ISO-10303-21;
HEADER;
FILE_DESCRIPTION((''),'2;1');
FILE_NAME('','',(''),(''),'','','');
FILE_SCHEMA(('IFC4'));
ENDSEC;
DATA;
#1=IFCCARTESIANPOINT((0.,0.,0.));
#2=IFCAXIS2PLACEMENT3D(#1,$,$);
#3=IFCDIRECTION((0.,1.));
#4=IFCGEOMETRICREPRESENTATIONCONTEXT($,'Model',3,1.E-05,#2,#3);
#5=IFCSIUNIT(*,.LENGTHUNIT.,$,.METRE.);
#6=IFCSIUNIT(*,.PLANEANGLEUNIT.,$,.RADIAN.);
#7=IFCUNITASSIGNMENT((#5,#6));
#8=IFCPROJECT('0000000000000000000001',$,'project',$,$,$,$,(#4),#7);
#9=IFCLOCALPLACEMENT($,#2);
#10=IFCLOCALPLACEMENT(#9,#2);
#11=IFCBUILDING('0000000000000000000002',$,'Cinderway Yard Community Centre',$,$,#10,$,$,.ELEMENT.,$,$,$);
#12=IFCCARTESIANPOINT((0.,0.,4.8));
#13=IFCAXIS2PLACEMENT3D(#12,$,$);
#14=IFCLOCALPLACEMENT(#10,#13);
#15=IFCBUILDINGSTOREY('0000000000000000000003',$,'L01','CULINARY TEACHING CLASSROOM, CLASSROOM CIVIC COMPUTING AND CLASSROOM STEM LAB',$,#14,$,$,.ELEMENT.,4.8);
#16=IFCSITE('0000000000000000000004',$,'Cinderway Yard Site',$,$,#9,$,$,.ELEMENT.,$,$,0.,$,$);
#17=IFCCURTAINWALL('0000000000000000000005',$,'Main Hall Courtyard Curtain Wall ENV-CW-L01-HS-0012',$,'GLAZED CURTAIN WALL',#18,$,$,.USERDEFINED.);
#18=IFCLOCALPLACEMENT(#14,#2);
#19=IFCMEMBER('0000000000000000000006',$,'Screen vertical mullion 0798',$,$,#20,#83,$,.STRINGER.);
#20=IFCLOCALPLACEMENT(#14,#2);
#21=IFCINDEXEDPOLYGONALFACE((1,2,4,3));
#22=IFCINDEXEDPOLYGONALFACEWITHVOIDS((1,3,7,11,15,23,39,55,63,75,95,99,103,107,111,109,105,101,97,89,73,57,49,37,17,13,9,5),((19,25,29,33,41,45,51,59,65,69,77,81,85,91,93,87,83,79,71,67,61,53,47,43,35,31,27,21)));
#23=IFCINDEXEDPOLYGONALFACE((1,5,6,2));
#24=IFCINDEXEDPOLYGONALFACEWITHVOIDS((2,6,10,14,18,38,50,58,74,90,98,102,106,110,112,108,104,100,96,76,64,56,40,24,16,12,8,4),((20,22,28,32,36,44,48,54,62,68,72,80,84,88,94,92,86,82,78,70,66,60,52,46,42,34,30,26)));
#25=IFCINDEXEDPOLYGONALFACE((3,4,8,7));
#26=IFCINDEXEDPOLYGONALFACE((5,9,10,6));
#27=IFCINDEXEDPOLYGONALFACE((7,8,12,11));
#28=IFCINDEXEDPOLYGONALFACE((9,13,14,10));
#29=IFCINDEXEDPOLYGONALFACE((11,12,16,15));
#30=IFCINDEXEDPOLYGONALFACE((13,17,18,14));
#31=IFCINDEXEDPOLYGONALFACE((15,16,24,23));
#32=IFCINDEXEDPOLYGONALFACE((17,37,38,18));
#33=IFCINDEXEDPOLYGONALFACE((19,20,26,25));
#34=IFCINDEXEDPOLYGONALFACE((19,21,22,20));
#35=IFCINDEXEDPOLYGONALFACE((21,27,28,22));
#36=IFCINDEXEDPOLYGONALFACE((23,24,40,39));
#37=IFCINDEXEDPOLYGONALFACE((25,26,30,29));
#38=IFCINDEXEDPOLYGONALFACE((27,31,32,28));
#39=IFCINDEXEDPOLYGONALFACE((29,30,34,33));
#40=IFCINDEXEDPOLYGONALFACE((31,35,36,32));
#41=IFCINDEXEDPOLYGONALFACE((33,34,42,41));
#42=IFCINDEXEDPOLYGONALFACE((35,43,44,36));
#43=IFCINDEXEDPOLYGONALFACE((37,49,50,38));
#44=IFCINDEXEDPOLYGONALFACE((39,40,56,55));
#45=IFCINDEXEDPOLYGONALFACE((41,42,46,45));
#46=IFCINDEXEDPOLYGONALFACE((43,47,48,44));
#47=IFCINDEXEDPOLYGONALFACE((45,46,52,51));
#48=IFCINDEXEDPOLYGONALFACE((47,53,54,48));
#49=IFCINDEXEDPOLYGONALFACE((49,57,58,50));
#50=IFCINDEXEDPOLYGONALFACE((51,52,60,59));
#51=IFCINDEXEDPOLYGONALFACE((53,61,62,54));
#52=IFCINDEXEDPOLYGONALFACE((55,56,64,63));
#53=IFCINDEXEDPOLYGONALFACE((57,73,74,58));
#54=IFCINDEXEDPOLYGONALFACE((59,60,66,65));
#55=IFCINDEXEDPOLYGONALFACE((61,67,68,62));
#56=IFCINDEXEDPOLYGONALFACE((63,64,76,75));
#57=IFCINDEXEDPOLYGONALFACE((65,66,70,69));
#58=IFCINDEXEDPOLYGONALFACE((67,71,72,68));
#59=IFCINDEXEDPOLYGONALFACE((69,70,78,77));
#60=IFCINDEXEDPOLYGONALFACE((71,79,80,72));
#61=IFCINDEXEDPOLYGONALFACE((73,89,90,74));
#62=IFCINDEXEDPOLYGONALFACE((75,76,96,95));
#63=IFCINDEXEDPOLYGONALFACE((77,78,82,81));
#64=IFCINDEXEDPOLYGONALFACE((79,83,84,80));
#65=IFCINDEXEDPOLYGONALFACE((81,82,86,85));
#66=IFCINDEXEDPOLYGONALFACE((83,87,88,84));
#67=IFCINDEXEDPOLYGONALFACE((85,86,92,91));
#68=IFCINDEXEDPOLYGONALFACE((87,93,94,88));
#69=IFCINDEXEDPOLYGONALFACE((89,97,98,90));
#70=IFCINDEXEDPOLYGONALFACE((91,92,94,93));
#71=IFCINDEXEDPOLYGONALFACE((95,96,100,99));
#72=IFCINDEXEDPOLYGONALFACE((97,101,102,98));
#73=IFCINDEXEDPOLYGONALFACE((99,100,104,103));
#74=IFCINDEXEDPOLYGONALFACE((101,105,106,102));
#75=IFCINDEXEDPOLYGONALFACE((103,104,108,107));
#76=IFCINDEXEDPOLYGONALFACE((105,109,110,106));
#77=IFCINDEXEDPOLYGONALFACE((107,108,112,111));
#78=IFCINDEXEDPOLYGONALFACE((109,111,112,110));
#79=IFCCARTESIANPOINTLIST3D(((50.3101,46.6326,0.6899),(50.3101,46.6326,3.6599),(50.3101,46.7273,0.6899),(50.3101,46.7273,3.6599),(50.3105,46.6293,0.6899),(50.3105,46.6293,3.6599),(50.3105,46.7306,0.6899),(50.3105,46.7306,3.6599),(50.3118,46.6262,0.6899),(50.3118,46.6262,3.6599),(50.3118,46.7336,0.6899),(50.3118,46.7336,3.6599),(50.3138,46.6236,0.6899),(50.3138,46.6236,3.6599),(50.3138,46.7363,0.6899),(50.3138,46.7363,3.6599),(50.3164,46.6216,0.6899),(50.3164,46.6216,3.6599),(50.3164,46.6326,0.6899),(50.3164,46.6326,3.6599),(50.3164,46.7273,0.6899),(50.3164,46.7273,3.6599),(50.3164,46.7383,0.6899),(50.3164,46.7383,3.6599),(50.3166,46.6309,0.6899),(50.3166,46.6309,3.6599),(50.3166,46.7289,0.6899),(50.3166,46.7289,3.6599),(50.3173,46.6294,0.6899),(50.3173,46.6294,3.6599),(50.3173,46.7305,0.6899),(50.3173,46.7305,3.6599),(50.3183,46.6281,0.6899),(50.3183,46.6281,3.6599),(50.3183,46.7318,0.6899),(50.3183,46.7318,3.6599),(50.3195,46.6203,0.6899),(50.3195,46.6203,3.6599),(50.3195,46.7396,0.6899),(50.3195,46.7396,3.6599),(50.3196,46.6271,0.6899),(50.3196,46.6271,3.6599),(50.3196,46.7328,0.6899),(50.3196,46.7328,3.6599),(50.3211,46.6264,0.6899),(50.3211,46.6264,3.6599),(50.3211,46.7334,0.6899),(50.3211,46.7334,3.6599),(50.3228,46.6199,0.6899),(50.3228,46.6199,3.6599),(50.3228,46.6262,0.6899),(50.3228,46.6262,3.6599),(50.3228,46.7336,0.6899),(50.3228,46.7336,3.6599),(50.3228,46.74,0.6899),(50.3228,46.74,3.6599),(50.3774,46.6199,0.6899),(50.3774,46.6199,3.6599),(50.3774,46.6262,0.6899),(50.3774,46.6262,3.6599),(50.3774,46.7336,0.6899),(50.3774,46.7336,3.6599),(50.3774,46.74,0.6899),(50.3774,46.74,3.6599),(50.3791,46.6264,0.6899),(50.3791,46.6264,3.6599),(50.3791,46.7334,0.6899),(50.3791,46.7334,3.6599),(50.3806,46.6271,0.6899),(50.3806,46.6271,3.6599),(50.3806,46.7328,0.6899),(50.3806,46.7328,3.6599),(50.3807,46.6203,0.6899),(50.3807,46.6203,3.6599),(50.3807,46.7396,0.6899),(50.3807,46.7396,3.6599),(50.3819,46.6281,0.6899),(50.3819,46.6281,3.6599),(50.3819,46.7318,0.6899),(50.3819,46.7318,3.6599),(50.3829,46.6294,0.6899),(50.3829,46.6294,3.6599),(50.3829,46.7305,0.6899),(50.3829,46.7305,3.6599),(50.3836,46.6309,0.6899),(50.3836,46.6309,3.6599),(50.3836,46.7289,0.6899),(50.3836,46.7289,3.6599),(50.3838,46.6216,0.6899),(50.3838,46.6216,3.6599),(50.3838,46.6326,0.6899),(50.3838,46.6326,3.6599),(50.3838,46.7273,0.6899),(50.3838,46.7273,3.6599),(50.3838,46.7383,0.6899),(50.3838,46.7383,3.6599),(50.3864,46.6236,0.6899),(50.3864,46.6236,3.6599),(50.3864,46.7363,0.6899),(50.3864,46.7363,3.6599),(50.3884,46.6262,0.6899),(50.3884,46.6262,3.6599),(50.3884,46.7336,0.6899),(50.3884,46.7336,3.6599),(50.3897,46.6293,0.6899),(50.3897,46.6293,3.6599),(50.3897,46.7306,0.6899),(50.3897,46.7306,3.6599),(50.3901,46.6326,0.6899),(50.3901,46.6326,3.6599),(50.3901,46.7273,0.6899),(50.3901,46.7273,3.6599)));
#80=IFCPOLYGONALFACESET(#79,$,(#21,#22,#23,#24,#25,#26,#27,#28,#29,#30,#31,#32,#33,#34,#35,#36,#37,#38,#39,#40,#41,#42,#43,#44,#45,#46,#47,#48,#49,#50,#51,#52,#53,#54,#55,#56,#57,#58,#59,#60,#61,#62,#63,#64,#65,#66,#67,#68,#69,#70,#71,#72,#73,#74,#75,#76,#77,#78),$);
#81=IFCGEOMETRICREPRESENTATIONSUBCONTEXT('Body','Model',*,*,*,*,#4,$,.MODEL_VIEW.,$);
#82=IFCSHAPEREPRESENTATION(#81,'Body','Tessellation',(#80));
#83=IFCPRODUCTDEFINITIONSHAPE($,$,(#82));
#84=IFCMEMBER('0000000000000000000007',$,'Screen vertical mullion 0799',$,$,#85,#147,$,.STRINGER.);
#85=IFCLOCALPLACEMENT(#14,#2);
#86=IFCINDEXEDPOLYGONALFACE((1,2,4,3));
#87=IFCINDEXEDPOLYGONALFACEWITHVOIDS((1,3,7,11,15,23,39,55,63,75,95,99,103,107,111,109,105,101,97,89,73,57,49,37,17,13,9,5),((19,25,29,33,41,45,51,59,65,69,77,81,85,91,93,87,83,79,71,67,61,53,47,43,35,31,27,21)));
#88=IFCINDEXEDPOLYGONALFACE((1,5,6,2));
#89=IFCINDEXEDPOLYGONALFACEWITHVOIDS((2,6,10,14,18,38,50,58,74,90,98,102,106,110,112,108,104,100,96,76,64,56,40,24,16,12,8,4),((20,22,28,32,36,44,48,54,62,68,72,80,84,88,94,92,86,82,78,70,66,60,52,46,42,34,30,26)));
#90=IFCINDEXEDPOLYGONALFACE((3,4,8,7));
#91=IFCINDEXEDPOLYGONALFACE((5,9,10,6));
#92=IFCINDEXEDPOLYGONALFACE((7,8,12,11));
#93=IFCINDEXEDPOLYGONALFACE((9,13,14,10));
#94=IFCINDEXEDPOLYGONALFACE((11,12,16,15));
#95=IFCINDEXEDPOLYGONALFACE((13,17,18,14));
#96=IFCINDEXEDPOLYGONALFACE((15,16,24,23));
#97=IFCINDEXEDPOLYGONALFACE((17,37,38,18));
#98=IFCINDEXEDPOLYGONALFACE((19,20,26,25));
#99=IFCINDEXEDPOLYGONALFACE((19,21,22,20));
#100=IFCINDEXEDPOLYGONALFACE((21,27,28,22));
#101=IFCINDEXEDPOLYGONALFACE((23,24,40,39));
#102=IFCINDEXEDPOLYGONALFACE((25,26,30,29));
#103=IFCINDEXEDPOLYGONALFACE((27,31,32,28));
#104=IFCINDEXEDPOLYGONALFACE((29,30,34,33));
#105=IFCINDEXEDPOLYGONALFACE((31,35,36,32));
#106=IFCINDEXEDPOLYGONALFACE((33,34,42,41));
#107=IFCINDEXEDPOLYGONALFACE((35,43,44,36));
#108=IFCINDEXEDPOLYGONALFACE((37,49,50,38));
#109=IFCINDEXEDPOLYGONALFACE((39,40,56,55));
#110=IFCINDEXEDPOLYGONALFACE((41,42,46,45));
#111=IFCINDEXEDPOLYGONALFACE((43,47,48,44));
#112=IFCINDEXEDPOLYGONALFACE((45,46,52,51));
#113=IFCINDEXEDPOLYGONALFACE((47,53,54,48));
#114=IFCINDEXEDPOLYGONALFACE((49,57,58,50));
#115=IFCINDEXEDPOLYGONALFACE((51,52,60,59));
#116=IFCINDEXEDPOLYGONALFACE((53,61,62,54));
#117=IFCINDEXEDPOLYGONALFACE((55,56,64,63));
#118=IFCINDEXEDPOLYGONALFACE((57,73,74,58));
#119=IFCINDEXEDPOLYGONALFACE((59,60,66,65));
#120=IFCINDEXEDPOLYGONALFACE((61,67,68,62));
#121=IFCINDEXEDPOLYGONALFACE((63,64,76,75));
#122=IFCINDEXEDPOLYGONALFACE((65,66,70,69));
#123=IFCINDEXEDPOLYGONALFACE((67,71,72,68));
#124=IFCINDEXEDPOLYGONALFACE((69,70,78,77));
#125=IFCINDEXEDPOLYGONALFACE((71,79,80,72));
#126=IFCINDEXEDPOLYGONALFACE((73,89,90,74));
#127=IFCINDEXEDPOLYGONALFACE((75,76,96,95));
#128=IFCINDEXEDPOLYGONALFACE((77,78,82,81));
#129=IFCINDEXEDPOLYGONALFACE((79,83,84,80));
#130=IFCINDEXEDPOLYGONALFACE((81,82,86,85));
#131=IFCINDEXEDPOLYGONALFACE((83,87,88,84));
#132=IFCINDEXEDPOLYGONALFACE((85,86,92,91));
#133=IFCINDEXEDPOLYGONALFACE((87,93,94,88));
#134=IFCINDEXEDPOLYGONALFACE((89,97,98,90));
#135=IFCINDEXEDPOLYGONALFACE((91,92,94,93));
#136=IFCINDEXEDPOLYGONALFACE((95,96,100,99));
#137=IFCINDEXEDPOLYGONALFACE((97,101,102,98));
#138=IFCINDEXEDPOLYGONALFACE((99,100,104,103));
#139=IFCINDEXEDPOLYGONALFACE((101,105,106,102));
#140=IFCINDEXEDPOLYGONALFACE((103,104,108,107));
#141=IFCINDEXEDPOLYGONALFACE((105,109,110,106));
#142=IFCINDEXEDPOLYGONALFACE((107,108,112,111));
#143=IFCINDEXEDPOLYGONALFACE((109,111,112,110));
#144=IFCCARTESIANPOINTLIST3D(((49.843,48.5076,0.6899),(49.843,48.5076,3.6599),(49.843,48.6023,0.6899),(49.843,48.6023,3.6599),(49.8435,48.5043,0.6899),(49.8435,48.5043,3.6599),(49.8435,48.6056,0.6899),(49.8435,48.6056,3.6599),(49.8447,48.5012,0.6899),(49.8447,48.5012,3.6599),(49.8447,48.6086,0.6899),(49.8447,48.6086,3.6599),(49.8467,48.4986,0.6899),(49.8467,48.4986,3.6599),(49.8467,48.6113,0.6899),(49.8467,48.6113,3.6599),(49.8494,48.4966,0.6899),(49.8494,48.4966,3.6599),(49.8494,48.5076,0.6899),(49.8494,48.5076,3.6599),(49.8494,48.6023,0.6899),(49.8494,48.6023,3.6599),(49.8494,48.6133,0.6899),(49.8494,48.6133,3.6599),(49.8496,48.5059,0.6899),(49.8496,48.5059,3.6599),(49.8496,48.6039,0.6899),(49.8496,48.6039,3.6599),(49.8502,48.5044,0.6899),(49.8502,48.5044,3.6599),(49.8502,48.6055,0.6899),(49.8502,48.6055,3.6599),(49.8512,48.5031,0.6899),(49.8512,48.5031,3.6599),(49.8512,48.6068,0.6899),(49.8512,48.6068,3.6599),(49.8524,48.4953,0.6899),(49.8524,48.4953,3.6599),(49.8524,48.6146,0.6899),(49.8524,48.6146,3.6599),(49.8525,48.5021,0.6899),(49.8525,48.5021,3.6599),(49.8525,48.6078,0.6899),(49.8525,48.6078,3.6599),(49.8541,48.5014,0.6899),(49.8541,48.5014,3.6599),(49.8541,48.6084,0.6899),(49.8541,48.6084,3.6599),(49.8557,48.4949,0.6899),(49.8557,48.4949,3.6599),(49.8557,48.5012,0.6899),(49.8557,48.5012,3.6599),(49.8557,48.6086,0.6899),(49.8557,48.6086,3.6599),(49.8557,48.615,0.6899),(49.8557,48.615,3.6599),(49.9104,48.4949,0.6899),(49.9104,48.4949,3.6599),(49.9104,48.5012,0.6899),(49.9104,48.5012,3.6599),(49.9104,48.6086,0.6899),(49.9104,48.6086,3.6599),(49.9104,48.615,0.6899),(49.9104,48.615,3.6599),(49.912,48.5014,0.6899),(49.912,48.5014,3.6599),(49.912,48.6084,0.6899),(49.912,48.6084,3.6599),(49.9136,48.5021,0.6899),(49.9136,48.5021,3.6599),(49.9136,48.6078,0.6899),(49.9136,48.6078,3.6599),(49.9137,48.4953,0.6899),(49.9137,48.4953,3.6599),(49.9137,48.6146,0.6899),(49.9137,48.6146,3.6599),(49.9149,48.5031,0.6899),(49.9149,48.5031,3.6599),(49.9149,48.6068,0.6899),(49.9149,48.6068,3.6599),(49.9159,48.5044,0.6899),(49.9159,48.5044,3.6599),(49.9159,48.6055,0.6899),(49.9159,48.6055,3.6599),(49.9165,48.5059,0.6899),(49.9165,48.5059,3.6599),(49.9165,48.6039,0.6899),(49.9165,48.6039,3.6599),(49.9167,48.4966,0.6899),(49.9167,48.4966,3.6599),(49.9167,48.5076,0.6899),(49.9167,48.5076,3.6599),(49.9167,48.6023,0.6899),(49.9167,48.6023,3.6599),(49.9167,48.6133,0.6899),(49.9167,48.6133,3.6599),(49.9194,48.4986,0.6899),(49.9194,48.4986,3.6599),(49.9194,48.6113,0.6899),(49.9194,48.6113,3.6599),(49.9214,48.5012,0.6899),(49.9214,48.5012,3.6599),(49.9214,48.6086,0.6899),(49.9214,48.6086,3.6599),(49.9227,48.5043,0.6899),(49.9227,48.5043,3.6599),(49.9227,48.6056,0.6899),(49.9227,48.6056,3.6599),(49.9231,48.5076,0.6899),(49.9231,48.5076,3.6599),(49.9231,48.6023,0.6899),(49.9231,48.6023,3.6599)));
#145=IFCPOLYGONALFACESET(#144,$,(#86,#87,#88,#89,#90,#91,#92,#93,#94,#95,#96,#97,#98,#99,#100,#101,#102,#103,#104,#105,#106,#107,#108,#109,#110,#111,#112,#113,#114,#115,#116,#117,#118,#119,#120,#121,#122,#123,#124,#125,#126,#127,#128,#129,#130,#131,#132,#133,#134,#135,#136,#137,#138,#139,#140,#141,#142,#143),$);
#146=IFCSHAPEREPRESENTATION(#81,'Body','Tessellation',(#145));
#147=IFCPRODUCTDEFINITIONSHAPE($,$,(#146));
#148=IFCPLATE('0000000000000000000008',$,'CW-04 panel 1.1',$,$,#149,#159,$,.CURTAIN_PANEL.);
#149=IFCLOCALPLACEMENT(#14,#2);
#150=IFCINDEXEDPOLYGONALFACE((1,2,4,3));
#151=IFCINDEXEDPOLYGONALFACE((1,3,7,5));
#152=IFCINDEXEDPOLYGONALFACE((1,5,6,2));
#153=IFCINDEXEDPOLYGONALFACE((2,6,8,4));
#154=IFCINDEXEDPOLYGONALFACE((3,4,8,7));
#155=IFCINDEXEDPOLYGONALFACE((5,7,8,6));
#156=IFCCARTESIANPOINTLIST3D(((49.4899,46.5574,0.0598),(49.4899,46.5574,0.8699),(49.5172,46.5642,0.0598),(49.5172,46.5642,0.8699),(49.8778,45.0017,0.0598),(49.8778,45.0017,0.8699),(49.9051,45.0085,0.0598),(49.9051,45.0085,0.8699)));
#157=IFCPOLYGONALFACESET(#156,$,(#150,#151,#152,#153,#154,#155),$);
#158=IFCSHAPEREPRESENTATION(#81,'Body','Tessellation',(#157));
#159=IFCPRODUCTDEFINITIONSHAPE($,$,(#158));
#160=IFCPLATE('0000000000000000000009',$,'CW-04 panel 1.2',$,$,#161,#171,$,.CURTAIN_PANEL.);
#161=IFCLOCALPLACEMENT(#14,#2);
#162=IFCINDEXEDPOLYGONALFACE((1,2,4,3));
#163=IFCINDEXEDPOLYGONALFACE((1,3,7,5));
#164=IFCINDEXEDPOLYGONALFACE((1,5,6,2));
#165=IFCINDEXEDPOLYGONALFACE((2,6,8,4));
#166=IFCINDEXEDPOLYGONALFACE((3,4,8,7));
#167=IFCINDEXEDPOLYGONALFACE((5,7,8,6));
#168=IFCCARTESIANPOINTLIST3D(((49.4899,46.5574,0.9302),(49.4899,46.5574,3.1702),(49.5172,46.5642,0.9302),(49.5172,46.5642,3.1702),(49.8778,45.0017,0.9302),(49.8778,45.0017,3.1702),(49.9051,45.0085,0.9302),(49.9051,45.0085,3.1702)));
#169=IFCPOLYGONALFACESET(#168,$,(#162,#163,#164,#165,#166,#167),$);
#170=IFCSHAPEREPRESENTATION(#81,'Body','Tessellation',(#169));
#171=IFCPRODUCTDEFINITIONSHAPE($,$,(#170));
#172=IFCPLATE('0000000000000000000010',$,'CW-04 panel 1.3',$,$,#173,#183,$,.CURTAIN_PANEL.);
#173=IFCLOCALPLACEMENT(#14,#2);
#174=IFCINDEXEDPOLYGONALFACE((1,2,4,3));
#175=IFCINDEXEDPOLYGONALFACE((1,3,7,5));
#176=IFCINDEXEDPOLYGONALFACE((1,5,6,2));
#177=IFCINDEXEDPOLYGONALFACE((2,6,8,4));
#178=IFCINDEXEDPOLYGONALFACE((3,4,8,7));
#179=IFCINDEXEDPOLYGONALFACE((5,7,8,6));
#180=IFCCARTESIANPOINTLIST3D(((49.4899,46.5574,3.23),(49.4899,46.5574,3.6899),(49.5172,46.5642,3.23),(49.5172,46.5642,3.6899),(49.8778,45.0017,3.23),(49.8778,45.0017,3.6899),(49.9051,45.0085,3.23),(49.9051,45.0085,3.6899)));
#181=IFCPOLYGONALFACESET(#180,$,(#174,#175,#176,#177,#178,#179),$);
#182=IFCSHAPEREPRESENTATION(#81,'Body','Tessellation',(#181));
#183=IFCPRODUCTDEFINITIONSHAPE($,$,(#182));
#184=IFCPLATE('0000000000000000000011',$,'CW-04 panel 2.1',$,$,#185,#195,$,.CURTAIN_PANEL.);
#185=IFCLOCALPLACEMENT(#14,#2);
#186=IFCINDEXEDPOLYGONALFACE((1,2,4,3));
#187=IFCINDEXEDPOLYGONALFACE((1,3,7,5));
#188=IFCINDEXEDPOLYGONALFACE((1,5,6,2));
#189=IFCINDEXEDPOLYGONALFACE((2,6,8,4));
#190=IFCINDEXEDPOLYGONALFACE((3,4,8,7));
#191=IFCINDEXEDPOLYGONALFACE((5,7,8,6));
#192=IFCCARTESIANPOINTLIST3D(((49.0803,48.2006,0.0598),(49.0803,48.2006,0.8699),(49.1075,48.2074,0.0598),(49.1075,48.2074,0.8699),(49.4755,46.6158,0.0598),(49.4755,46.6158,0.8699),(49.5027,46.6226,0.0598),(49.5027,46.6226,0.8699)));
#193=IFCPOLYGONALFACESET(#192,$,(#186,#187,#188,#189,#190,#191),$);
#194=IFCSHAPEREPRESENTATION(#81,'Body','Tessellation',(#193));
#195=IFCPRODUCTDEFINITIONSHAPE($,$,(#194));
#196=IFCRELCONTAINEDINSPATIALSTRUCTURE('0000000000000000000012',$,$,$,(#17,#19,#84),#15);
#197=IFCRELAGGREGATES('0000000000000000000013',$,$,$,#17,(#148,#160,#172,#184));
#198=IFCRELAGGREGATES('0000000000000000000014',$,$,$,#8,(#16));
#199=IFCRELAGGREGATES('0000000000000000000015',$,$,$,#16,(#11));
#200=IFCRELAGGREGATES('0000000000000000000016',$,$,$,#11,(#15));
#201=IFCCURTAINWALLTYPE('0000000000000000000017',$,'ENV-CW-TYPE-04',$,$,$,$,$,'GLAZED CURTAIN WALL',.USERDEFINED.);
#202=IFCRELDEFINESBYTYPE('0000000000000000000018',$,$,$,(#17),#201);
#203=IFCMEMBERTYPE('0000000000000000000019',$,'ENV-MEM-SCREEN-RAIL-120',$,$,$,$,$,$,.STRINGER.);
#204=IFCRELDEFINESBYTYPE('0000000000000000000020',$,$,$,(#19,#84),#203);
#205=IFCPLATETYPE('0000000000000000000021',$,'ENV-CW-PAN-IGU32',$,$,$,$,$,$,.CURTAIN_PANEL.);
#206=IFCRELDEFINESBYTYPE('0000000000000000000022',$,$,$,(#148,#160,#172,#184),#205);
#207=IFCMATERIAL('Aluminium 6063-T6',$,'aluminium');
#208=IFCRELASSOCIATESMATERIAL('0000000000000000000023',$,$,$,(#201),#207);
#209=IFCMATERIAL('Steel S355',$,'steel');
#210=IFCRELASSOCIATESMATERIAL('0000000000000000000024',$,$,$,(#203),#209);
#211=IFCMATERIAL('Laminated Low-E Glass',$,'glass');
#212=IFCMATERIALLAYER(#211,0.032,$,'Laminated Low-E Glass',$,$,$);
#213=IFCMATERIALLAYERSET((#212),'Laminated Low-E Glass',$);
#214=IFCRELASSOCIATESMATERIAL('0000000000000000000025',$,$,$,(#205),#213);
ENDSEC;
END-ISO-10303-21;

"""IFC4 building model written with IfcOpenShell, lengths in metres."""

from ifc_helpers import new_model, si_unit, direction, frame, origin, origin_2d, place, context, subcontext, project, spatial, rectangle, hollow_rectangle, extrude, material, layer, layer_set, material_profile, profile_set, type_object, element, aggregate, save


model = new_model("IFC4")

# Units and contexts
model_context = context("Model", 3, precision=1e-05, world=origin(), true_north=direction((0.0, 1.0)))
body_context = subcontext(model_context, "Body", "Model", "MODEL_VIEW")
ifc_project = project(units=[si_unit("LENGTHUNIT", "METRE"), si_unit("PLANEANGLEUNIT", "RADIAN")], contexts=[model_context])

# Site, building, storey
site_placement = place(None, origin())
site = spatial("IfcSite", under=ifc_project, at=site_placement, Name="Cinderway Yard Site", CompositionType="ELEMENT", RefElevation=0.0)
building_placement = place(site_placement, origin())
building = spatial("IfcBuilding", under=site, at=building_placement, Name="Cinderway Yard Community Centre", CompositionType="ELEMENT")
storey_placement = place(building_placement, frame((0.0, 0.0, 4.8)))
storey = spatial("IfcBuildingStorey", under=building, at=storey_placement, Name="L01", Description="CULINARY TEACHING CLASSROOM, CLASSROOM CIVIC COMPUTING AND CLASSROOM STEM LAB", CompositionType="ELEMENT", Elevation=4.8)

# Curtain wall
ifc_material_1 = material(Name="Aluminium 6063-T6", Category="aluminium")
curtain_wall_type = type_object("IfcCurtainWallType", Name="ENV-CW-TYPE-04", ElementType="GLAZED CURTAIN WALL", PredefinedType="USERDEFINED", material=ifc_material_1)
curtain_wall_placement = place(storey_placement, origin())
curtain_wall = element("IfcCurtainWall", 1, at=curtain_wall_placement, inside=storey, type_object=curtain_wall_type, Name="Main Hall Courtyard Curtain Wall ENV-CW-L01-HS-0012", ObjectType="GLAZED CURTAIN WALL", PredefinedType="USERDEFINED")

# Members
ifc_material_2 = material(Name="Steel S355", Category="steel")
ifc_material_profile_1 = material_profile(ifc_material_2, hollow_rectangle(XDim=0.0801, YDim=0.1201, WallThickness=0.0063, InnerFilletRadius=0.0063, OuterFilletRadius=0.0127, at=origin_2d()), Name="Steel S355")
ifc_profile_set_1 = profile_set([ifc_material_profile_1], Name="Steel S355")
member_type_1 = type_object("IfcMemberType", Name="ENV-MEM-SCREEN-RAIL-120", PredefinedType="STRINGER", material=ifc_profile_set_1)
for number, where, z_axis, x_axis, name in (
    (2, (50.3501, 46.6799, 0.6899), (0.0, 0.0, 1.0), (1.0, 0.0, 0.0), "Screen vertical mullion 0798"),
    (3, (49.8831, 48.5549, 0.6899), (0.0, 0.0, 1.0), (1.0, 0.0, 0.0), "Screen vertical mullion 0799"),
):
    element("IfcMember", number, at=place(storey_placement, frame(where, z_axis=z_axis, x_axis=x_axis)), inside=storey, type_object=member_type_1, Name=name, PredefinedType="STRINGER", context=body_context, shape_type="SweptSolid", body=[
        extrude(hollow_rectangle(XDim=0.0801, YDim=0.1201, WallThickness=0.0063, InnerFilletRadius=0.0063, OuterFilletRadius=0.0127, at=origin_2d()), origin(), (0.0, 0.0, 1.0), 2.97),
    ])

# Plates
ifc_material_3 = material(Name="Laminated Low-E Glass", Category="glass")
ifc_layer_1 = layer(ifc_material_3, 0.032, Name="Laminated Low-E Glass")
ifc_layer_set_1 = layer_set([ifc_layer_1], Name="Laminated Low-E Glass")
plate_type_1 = type_object("IfcPlateType", Name="ENV-CW-PAN-IGU32", PredefinedType="CURTAIN_PANEL", material=ifc_layer_set_1)
plate_1_placement = place(storey_placement, frame((49.6975, 45.783, 0.0598), z_axis=(0.0, 0.0, 1.0), x_axis=(-0.241933, 0.970293, 0.0)))
plate_1 = element("IfcPlate", 4, at=plate_1_placement, type_object=plate_type_1, Name="CW-04 panel 1.1", PredefinedType="CURTAIN_PANEL", context=body_context, shape_type="SweptSolid", body=[
    extrude(rectangle(XDim=1.6033, YDim=0.0281, at=origin_2d()), origin(), (0.0, 0.0, 1.0), 0.8101),
])
plate_2_placement = place(storey_placement, frame((49.6975, 45.783, 0.9302), z_axis=(0.0, 0.0, 1.0), x_axis=(-0.241933, 0.970293, 0.0)))
plate_2 = element("IfcPlate", 5, at=plate_2_placement, type_object=plate_type_1, Name="CW-04 panel 1.2", PredefinedType="CURTAIN_PANEL", context=body_context, shape_type="SweptSolid", body=[
    extrude(rectangle(XDim=1.6033, YDim=0.0281, at=origin_2d()), origin(), (0.0, 0.0, 1.0), 2.24),
])
plate_3_placement = place(storey_placement, frame((49.6975, 45.783, 3.23), z_axis=(0.0, 0.0, 1.0), x_axis=(-0.241933, 0.970293, 0.0)))
plate_3 = element("IfcPlate", 6, at=plate_3_placement, type_object=plate_type_1, Name="CW-04 panel 1.3", PredefinedType="CURTAIN_PANEL", context=body_context, shape_type="SweptSolid", body=[
    extrude(rectangle(XDim=1.6033, YDim=0.0281, at=origin_2d()), origin(), (0.0, 0.0, 1.0), 0.46),
])
plate_4_placement = place(storey_placement, frame((49.2915, 47.4116, 0.0598), z_axis=(0.0, 0.0, 1.0), x_axis=(-0.241933, 0.970293, 0.0)))
plate_4 = element("IfcPlate", 7, at=plate_4_placement, type_object=plate_type_1, Name="CW-04 panel 2.1", PredefinedType="CURTAIN_PANEL", context=body_context, shape_type="SweptSolid", body=[
    extrude(rectangle(XDim=1.6333, YDim=0.0281, at=origin_2d()), origin(), (0.0, 0.0, 1.0), 0.8101),
])
aggregate(curtain_wall, [plate_1, plate_2, plate_3, plate_4])

save(model, "model.ifc")
